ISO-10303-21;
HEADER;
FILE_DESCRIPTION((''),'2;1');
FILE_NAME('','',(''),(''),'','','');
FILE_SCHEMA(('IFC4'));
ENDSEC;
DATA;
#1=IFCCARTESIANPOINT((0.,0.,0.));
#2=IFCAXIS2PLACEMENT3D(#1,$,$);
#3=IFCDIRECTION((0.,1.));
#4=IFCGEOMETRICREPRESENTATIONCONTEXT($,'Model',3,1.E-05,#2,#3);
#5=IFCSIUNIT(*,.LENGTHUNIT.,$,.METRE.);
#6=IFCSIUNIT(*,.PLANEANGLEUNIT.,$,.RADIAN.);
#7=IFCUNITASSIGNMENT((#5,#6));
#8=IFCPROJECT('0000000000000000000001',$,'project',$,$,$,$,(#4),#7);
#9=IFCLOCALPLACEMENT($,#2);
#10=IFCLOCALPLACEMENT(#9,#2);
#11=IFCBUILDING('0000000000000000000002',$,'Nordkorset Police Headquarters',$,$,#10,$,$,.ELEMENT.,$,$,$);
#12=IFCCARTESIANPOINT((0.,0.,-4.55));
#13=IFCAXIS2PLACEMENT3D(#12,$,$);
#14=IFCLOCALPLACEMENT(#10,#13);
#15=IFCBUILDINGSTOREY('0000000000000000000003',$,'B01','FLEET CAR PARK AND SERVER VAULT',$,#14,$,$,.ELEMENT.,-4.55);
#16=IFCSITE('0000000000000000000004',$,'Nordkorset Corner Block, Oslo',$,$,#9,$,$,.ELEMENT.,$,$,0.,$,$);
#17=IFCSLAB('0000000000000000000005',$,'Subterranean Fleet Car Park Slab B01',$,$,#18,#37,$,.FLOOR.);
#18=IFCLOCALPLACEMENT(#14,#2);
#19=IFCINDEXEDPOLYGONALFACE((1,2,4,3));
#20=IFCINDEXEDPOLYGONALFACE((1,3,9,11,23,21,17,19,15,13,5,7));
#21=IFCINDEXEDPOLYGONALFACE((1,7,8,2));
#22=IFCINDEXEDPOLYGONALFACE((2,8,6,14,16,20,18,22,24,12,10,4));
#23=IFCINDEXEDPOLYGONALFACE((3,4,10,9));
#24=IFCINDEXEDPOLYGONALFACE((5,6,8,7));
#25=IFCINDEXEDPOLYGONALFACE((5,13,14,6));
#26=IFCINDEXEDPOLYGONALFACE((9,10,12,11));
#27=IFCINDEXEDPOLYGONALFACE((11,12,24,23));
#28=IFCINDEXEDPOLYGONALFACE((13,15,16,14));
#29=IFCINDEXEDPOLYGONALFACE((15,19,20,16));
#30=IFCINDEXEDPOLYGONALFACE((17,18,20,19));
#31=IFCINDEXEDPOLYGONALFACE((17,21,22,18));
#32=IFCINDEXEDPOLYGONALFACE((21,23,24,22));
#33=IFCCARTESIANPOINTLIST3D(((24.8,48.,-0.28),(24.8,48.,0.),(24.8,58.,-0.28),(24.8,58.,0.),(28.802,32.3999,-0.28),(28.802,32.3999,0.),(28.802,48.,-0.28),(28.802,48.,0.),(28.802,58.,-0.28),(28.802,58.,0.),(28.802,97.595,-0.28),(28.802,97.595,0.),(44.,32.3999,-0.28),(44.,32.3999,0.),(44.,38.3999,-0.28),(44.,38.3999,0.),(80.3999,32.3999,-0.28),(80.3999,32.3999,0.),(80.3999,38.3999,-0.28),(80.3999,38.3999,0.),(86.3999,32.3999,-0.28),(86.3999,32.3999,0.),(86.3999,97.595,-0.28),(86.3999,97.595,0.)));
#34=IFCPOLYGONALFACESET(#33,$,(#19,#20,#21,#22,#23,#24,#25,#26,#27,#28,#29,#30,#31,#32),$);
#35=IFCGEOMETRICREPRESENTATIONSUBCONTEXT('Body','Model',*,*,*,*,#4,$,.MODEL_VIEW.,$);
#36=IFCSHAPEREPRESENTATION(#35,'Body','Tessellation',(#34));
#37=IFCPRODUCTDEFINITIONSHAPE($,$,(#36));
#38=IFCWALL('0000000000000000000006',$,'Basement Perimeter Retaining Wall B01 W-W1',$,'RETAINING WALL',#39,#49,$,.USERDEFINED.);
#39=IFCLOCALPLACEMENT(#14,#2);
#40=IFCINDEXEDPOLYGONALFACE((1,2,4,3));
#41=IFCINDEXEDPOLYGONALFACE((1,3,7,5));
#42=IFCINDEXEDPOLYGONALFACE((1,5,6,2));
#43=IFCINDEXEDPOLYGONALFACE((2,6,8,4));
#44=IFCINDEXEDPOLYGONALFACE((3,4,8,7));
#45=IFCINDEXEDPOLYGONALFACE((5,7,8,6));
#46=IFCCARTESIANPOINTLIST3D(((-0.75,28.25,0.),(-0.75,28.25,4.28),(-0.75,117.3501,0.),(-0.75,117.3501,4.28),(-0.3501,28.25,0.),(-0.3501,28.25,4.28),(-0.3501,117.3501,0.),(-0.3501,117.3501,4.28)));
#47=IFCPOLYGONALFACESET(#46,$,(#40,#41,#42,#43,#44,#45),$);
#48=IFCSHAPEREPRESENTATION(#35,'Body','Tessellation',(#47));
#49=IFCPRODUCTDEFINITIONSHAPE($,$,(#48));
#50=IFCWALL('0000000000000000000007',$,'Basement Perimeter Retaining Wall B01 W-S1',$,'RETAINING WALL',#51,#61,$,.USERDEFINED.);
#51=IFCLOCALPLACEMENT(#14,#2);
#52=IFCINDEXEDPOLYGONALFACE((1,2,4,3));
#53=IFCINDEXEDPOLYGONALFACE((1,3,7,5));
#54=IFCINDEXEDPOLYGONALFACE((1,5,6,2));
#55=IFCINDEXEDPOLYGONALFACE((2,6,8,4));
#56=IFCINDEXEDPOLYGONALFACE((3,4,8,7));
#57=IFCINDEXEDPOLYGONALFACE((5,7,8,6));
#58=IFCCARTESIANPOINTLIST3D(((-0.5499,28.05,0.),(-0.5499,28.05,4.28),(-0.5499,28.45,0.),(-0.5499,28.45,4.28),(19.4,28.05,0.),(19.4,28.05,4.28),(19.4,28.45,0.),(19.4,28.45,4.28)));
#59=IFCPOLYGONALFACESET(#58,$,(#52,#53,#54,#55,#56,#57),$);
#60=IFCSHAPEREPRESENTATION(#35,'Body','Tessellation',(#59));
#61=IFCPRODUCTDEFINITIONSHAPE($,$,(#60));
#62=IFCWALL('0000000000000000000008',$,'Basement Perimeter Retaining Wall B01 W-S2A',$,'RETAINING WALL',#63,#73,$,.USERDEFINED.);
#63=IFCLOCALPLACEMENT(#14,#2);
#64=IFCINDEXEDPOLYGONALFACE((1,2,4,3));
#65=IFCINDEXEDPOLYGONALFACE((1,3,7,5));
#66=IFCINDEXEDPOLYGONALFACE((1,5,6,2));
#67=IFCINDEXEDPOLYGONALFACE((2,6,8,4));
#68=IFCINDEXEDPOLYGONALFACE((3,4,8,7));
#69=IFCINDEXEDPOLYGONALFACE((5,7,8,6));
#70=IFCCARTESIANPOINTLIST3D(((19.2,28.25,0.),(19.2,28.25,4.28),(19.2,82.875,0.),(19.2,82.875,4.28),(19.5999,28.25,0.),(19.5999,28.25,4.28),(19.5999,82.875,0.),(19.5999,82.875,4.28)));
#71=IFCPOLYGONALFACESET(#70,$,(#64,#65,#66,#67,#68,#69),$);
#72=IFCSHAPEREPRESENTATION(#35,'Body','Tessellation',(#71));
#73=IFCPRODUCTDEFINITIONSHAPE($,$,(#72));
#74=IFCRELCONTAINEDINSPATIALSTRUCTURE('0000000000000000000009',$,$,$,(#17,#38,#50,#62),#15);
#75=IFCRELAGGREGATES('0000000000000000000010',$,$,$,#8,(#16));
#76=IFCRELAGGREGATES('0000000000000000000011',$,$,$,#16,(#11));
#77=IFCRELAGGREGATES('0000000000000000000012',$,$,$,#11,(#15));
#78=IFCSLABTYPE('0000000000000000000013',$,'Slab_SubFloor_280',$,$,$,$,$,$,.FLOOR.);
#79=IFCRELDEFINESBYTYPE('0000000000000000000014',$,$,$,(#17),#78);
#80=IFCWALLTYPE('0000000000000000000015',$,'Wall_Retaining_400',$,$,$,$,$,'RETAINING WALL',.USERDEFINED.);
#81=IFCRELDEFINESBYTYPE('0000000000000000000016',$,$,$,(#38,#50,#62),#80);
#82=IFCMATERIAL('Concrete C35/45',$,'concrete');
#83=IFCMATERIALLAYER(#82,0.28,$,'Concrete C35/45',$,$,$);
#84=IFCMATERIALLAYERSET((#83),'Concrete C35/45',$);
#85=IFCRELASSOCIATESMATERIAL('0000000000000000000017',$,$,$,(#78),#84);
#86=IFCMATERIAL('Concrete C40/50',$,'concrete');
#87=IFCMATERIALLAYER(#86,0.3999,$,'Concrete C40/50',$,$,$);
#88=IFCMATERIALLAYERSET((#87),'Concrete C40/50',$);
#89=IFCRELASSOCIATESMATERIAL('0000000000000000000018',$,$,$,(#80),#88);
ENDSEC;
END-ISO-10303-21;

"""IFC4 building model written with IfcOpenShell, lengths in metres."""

from ifc_helpers import new_model, si_unit, direction, frame, frame_2d, origin, place, context, subcontext, project, spatial, polyline, rectangle, outline, extrude, material, layer, layer_set, type_object, element, save


model = new_model("IFC4")

# Units and contexts
model_context = context("Model", 3, precision=1e-05, world=origin(), true_north=direction((0.0, 1.0)))
body_context = subcontext(model_context, "Body", "Model", "MODEL_VIEW")
ifc_project = project(units=[si_unit("LENGTHUNIT", "METRE"), si_unit("PLANEANGLEUNIT", "RADIAN")], contexts=[model_context])

# Site, building, storey
site_placement = place(None, origin())
site = spatial("IfcSite", under=ifc_project, at=site_placement, Name="Nordkorset Corner Block, Oslo", CompositionType="ELEMENT", RefElevation=0.0)
building_placement = place(site_placement, origin())
building = spatial("IfcBuilding", under=site, at=building_placement, Name="Nordkorset Police Headquarters", CompositionType="ELEMENT")
storey_placement = place(building_placement, frame((0.0, 0.0, -4.55)))
storey = spatial("IfcBuildingStorey", under=building, at=storey_placement, Name="B01", Description="FLEET CAR PARK AND SERVER VAULT", CompositionType="ELEMENT", Elevation=-4.55)

# Slab
ifc_material_1 = material(Name="Concrete C35/45", Category="concrete")
ifc_layer_1 = layer(ifc_material_1, 0.28, Name="Concrete C35/45")
ifc_layer_set_1 = layer_set([ifc_layer_1], Name="Concrete C35/45")
slab_type_1 = type_object("IfcSlabType", Name="Slab_SubFloor_280", PredefinedType="FLOOR", material=ifc_layer_set_1)
slab_1_placement = place(storey_placement, frame((0.0, 0.0, -0.28)))
element("IfcSlab", 1, at=slab_1_placement, inside=storey, type_object=slab_type_1, Name="Subterranean Fleet Car Park Slab B01", PredefinedType="FLOOR", context=body_context, shape_type="SweptSolid", body=[
    extrude(outline(polyline([(28.802, 32.3999), (28.802, 48.0), (24.8, 48.0), (24.8, 58.0), (28.802, 58.0), (28.802, 97.595), (86.3999, 97.595), (86.3999, 32.3999), (80.3999, 32.3999), (80.3999, 38.3999), (44.0, 38.3999), (44.0, 32.3999), (28.802, 32.3999)])), origin(), (0.0, 0.0, 1.0), 0.28),
])

# Walls
ifc_material_2 = material(Name="Concrete C40/50", Category="concrete")
ifc_layer_2 = layer(ifc_material_2, 0.3999, Name="Concrete C40/50")
ifc_layer_set_2 = layer_set([ifc_layer_2], Name="Concrete C40/50")
wall_type = type_object("IfcWallType", Name="Wall_Retaining_400", ElementType="RETAINING WALL", PredefinedType="USERDEFINED", material=ifc_layer_set_2)
wall_1_placement = place(storey_placement, frame((-0.55, 28.25, 0.0), z_axis=(0.0, 0.0, 1.0), x_axis=(0.0, 1.0, 0.0)))
element("IfcWall", 2, at=wall_1_placement, inside=storey, type_object=wall_type, Name="Basement Perimeter Retaining Wall B01 W-W1", ObjectType="RETAINING WALL", PredefinedType="USERDEFINED", context=body_context, shape_type="SweptSolid", body=[
    extrude(rectangle(XDim=89.1001, YDim=0.3999, at=frame_2d((44.55, 0.0))), origin(), (0.0, 0.0, 1.0), 4.28),
])
wall_2_placement = place(storey_placement, frame((-0.55, 28.25, 0.0), z_axis=(0.0, 0.0, 1.0), x_axis=(1.0, 0.0, 0.0)))
element("IfcWall", 3, at=wall_2_placement, inside=storey, type_object=wall_type, Name="Basement Perimeter Retaining Wall B01 W-S1", ObjectType="RETAINING WALL", PredefinedType="USERDEFINED", context=body_context, shape_type="SweptSolid", body=[
    extrude(rectangle(XDim=19.95, YDim=0.3999, at=frame_2d((9.9751, 0.0))), origin(), (0.0, 0.0, 1.0), 4.28),
])
wall_3_placement = place(storey_placement, frame((19.3999, 28.25, 0.0), z_axis=(0.0, 0.0, 1.0), x_axis=(0.0, 1.0, 0.0)))
element("IfcWall", 4, at=wall_3_placement, inside=storey, type_object=wall_type, Name="Basement Perimeter Retaining Wall B01 W-S2A", ObjectType="RETAINING WALL", PredefinedType="USERDEFINED", context=body_context, shape_type="SweptSolid", body=[
    extrude(rectangle(XDim=54.625, YDim=0.3999, at=frame_2d((27.3125, 0.0))), origin(), (0.0, 0.0, 1.0), 4.28),
])

save(model, "model.ifc")
